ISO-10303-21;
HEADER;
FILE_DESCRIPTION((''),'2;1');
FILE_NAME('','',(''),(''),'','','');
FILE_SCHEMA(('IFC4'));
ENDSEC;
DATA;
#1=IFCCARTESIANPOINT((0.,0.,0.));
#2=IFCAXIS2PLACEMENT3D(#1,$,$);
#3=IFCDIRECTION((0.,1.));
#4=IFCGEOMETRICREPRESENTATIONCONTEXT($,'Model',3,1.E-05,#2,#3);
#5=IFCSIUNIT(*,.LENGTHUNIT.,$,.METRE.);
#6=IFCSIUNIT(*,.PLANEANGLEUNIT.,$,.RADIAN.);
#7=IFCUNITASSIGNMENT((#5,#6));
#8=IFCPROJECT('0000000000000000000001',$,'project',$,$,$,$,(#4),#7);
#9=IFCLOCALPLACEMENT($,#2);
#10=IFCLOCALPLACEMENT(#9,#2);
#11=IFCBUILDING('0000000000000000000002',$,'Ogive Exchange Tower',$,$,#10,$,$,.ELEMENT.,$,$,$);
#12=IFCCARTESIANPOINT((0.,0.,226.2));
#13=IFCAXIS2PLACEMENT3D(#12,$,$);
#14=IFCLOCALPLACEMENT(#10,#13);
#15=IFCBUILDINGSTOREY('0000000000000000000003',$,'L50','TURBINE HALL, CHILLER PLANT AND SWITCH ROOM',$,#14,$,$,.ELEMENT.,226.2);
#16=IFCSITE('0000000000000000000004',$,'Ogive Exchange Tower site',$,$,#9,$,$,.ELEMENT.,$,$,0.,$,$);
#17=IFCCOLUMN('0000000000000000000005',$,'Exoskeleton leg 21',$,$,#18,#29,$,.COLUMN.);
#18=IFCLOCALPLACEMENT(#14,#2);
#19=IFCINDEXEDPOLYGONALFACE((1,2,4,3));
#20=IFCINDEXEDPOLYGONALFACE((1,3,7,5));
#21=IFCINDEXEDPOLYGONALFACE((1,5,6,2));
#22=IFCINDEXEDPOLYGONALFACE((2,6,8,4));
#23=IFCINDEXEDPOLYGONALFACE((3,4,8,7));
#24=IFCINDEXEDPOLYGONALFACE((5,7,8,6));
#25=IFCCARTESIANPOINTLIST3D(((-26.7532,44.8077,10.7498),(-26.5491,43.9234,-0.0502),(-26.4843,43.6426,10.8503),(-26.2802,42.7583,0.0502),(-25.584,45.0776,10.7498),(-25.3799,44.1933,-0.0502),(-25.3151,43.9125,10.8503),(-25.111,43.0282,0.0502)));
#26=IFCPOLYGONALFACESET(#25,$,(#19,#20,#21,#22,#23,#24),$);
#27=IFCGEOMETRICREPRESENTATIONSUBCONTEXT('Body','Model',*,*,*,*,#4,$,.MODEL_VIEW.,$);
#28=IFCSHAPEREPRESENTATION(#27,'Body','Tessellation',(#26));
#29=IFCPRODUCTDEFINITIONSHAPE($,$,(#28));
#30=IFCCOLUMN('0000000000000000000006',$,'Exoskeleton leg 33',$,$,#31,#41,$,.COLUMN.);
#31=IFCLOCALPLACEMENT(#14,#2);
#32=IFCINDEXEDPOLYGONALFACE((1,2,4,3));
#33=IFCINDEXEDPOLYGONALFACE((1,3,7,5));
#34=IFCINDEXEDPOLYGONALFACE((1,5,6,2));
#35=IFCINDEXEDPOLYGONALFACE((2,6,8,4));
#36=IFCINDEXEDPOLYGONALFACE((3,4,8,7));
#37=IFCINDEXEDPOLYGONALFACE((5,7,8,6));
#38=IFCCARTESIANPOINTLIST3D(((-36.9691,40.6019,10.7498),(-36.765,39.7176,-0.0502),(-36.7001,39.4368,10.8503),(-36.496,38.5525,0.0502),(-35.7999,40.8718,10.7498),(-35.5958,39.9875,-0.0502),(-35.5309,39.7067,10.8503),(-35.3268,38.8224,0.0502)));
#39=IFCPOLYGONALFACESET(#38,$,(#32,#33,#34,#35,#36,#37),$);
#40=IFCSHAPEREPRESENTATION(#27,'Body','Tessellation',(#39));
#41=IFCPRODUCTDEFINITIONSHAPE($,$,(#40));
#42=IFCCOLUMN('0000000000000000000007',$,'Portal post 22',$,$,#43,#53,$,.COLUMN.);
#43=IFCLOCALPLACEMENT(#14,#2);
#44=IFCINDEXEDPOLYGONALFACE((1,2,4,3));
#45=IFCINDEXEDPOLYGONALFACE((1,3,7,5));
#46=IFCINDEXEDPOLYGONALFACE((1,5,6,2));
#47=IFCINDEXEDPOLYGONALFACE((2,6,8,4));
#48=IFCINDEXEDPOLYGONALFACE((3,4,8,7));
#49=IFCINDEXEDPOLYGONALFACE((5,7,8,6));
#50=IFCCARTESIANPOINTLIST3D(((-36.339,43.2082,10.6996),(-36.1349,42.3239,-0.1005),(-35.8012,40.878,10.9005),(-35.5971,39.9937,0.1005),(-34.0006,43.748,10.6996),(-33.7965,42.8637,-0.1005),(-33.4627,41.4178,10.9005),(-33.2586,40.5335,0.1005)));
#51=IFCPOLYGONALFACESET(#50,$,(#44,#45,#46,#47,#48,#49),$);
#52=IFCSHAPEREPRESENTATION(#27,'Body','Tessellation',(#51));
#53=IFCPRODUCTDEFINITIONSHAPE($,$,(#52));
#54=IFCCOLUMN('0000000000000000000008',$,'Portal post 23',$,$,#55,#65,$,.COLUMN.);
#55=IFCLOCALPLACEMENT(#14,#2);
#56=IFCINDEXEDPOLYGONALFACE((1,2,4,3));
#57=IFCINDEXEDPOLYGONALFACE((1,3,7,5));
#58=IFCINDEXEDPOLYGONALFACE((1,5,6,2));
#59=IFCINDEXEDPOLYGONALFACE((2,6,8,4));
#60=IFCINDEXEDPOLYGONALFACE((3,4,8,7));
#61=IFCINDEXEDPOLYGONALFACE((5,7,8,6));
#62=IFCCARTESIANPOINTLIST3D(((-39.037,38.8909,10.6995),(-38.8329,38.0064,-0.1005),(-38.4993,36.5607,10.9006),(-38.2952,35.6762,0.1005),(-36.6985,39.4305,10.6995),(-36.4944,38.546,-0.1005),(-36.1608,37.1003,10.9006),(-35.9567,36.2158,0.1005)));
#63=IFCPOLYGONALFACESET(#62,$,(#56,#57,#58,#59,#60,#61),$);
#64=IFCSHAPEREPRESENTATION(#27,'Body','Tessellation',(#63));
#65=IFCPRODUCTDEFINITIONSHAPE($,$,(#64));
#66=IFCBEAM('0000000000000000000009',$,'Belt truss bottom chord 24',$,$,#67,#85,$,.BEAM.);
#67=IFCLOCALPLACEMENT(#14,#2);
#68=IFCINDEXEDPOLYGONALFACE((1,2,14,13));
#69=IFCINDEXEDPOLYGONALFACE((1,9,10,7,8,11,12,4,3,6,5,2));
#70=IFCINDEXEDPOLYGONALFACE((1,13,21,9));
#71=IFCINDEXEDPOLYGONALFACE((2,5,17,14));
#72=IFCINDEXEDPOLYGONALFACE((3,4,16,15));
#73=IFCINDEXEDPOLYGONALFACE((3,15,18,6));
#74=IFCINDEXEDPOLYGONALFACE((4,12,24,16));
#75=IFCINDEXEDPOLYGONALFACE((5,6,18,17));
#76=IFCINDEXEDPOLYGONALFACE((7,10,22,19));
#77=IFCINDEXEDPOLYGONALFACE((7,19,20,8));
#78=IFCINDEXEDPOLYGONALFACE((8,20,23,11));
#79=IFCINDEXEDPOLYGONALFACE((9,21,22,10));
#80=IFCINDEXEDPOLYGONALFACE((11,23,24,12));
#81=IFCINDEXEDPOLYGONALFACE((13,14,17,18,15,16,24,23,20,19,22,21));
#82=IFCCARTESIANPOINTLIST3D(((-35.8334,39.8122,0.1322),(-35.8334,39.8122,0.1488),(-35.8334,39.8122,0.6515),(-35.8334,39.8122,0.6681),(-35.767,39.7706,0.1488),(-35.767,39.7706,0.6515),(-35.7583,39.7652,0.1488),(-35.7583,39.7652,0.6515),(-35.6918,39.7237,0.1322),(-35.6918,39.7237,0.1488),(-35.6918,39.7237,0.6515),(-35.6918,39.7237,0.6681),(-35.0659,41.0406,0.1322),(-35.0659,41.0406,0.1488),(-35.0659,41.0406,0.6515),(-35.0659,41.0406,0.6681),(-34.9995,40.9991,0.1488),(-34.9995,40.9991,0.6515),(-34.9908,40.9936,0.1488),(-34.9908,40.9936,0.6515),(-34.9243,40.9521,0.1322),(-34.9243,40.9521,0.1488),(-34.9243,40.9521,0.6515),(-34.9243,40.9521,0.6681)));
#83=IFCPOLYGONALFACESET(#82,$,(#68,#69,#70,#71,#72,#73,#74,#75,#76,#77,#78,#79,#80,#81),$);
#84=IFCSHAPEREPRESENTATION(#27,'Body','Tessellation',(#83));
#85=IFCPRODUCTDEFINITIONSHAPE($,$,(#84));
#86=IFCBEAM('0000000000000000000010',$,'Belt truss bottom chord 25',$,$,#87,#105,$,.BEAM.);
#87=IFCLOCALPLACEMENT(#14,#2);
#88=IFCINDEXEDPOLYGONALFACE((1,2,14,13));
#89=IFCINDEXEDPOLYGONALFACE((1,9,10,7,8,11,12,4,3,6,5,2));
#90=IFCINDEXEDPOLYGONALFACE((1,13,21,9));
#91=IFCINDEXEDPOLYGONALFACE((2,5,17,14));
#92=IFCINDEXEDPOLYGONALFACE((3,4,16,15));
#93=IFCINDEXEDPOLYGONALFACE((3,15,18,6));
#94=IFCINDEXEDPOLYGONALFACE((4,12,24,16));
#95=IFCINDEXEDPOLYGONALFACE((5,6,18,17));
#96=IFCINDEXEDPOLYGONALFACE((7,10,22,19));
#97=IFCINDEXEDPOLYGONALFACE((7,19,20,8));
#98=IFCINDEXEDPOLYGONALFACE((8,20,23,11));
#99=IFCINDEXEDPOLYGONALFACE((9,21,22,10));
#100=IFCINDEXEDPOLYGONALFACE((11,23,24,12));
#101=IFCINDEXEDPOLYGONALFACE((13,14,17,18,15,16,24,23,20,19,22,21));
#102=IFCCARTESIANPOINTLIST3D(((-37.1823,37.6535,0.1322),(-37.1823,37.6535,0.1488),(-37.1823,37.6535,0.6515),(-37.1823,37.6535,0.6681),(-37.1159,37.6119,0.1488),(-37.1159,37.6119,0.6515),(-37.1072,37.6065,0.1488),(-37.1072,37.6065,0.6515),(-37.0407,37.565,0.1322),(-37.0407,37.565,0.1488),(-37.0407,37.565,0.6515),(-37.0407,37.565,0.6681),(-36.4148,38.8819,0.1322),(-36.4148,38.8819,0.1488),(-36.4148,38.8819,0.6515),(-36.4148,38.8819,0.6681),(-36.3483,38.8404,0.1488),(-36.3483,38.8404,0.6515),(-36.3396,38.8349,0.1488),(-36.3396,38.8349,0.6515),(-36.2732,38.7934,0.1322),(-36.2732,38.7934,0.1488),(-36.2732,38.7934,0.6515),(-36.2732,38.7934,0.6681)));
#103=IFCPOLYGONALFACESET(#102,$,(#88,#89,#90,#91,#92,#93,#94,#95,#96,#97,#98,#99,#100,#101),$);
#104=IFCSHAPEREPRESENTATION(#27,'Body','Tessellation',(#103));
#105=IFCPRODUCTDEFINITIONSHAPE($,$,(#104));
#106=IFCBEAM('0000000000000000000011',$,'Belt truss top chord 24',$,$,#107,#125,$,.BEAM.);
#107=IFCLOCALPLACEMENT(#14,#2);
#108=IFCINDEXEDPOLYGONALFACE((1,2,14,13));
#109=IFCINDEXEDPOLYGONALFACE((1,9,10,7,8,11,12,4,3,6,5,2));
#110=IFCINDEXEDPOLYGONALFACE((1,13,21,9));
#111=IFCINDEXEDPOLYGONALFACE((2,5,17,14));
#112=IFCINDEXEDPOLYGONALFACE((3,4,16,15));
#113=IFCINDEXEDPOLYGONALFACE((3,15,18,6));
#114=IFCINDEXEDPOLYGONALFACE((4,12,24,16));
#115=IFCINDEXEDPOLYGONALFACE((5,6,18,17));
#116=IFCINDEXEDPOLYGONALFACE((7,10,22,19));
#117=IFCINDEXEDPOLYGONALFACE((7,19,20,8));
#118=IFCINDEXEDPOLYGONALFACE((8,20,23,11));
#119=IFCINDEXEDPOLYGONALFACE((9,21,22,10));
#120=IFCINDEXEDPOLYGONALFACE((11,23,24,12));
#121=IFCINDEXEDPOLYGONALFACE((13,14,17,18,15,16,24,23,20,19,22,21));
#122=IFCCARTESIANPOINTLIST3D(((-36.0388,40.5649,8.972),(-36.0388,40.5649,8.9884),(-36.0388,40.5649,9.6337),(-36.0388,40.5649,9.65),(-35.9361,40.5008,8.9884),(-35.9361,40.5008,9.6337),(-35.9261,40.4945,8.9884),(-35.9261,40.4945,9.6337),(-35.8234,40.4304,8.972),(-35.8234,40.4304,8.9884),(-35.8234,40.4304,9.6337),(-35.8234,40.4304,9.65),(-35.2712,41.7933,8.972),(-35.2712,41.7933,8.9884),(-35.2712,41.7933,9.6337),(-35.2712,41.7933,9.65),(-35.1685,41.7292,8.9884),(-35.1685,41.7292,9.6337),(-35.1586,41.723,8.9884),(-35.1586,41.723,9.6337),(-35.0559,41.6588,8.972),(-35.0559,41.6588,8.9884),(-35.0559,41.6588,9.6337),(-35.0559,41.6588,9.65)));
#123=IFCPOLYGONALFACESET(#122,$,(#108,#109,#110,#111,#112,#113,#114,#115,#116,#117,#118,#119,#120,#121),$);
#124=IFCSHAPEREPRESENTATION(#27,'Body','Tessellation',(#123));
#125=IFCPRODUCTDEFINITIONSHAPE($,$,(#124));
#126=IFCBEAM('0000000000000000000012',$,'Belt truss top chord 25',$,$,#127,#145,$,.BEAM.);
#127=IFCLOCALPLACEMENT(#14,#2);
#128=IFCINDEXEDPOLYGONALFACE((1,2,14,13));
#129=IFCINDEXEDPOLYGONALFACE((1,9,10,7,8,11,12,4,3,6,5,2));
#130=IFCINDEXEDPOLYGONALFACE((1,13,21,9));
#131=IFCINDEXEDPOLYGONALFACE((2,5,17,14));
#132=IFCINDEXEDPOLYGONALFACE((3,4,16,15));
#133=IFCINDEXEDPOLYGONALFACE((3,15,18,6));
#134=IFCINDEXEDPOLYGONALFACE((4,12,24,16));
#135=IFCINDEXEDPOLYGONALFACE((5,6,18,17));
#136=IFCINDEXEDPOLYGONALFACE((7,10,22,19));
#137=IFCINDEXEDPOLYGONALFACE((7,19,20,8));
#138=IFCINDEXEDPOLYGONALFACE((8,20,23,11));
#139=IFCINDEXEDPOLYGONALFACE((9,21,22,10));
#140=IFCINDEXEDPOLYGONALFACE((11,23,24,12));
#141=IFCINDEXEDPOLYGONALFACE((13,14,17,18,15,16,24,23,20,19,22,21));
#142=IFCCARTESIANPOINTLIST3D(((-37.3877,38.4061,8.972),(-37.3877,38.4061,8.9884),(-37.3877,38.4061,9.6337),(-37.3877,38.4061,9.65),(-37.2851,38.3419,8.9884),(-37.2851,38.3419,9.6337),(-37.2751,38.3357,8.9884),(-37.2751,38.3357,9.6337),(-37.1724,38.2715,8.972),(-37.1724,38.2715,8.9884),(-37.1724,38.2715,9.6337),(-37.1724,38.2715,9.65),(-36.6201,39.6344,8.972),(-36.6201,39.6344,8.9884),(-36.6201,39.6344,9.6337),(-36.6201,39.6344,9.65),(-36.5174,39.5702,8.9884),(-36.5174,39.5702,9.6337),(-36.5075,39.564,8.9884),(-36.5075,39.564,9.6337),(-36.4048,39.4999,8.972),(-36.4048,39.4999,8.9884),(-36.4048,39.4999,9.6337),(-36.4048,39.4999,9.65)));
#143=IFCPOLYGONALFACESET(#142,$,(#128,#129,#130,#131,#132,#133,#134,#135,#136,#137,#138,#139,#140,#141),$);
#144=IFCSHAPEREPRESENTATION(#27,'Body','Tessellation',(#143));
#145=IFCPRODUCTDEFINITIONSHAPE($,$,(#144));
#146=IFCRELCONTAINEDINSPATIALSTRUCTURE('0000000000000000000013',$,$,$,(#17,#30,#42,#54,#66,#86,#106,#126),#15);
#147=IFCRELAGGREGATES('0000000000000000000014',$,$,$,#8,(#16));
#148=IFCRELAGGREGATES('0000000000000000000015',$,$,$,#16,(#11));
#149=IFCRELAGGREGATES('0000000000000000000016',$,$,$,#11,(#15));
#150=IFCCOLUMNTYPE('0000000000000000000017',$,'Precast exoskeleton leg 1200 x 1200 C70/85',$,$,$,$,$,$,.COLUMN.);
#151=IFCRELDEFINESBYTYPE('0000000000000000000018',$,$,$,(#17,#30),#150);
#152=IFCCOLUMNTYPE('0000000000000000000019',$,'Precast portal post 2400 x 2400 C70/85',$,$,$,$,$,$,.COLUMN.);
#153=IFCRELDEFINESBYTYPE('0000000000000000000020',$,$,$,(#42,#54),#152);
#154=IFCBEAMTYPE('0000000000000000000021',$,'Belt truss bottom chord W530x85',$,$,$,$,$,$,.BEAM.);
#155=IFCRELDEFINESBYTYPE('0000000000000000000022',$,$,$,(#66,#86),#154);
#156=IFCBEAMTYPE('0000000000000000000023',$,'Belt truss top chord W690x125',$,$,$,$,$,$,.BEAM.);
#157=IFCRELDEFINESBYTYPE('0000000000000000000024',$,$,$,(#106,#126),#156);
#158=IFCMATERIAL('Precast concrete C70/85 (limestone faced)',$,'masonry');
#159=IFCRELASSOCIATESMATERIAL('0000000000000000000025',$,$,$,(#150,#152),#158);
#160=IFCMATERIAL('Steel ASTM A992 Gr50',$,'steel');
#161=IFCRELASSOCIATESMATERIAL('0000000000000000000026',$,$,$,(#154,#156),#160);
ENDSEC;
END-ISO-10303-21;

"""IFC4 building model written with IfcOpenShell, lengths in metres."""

from ifc_helpers import new_model, si_unit, direction, frame, origin, origin_2d, place, context, subcontext, project, spatial, rectangle, i_section, extrude, material, material_profile, profile_set, type_object, element, save


model = new_model("IFC4")

# Units and contexts
model_context = context("Model", 3, precision=1e-05, world=origin(), true_north=direction((0.0, 1.0)))
body_context = subcontext(model_context, "Body", "Model", "MODEL_VIEW")
ifc_project = project(units=[si_unit("LENGTHUNIT", "METRE"), si_unit("PLANEANGLEUNIT", "RADIAN")], contexts=[model_context])

# Site, building, storey
site_placement = place(None, origin())
site = spatial("IfcSite", under=ifc_project, at=site_placement, Name="Ogive Exchange Tower site", CompositionType="ELEMENT", RefElevation=0.0)
building_placement = place(site_placement, origin())
building = spatial("IfcBuilding", under=site, at=building_placement, Name="Ogive Exchange Tower", CompositionType="ELEMENT")
storey_placement = place(building_placement, frame((0.0, 0.0, 226.2)))
storey = spatial("IfcBuildingStorey", under=building, at=storey_placement, Name="L50", Description="TURBINE HALL, CHILLER PLANT AND SWITCH ROOM", CompositionType="ELEMENT", Elevation=226.2)

# Columns
ifc_material_1 = material(Name="Precast concrete C70/85 (limestone faced)", Category="masonry")
ifc_material_profile_1 = material_profile(ifc_material_1, rectangle(XDim=1.2, YDim=1.2, at=origin_2d()), Name="1200 x 1200")
ifc_profile_set_1 = profile_set([ifc_material_profile_1], Name="Precast concrete C70/85 (limestone faced)")
column_type_1 = type_object("IfcColumnType", Name="Precast exoskeleton leg 1200 x 1200 C70/85", PredefinedType="COLUMN", material=ifc_profile_set_1)
for number, where, z_axis, x_axis, name in (
    (1, (-25.8301, 43.4758, 0.0), (-0.018832, 0.08159, 0.996488), (-0.974382, -0.224899, 0.0), "Exoskeleton leg 21"),
    (2, (-36.0459, 39.27, 0.0), (-0.018832, 0.08159, 0.996488), (-0.974382, -0.224899, 0.0), "Exoskeleton leg 33"),
):
    element("IfcColumn", number, at=place(storey_placement, frame(where, z_axis=z_axis, x_axis=x_axis)), inside=storey, type_object=column_type_1, Name=name, PredefinedType="COLUMN", context=body_context, shape_type="SweptSolid", body=[
        extrude(rectangle(XDim=1.2, YDim=1.2, at=origin_2d()), origin(), (0.0, 0.0, 1.0), 10.8381),
    ])
ifc_material_profile_2 = material_profile(ifc_material_1, rectangle(XDim=2.3999, YDim=2.3999, at=origin_2d()), Name="2400 x 2400")
ifc_profile_set_2 = profile_set([ifc_material_profile_2], Name="Precast concrete C70/85 (limestone faced)")
column_type_2 = type_object("IfcColumnType", Name="Precast portal post 2400 x 2400 C70/85", PredefinedType="COLUMN", material=ifc_profile_set_2)
for number, where, z_axis, x_axis, name in (
    (3, (-34.6968, 41.4287, 0.0), (-0.018832, 0.08159, 0.996488), (-0.974382, -0.224899, 0.0), "Portal post 22"),
    (4, (-37.3948, 37.1111, 0.0), (-0.018832, 0.081612, 0.996486), (-0.974396, -0.22484, 0.0), "Portal post 23"),
):
    element("IfcColumn", number, at=place(storey_placement, frame(where, z_axis=z_axis, x_axis=x_axis)), inside=storey, type_object=column_type_2, Name=name, PredefinedType="COLUMN", context=body_context, shape_type="SweptSolid", body=[
        extrude(rectangle(XDim=2.3999, YDim=2.3999, at=origin_2d()), origin(), (0.0, 0.0, 1.0), 10.8381),
    ])

# Beams
ifc_material_2 = material(Name="Steel ASTM A992 Gr50", Category="steel")
ifc_material_profile_3 = material_profile(ifc_material_2, i_section(OverallWidth=0.167, OverallDepth=0.5359, WebThickness=0.0103, FlangeThickness=0.0166, at=origin_2d()), Name="W530x85")
ifc_profile_set_3 = profile_set([ifc_material_profile_3], Name="Steel ASTM A992 Gr50")
beam_type_1 = type_object("IfcBeamType", Name="Belt truss bottom chord W530x85", PredefinedType="BEAM", material=ifc_profile_set_3)
for number, where, z_axis, x_axis, name in (
    (5, (-34.9951, 40.9963, 0.4001), (-0.529878, -0.848074, 0.0), (0.848074, -0.529878, 0.0), "Belt truss bottom chord 24"),
    (6, (-36.344, 38.8376, 0.4001), (-0.529878, -0.848074, 0.0), (0.848074, -0.529878, 0.0), "Belt truss bottom chord 25"),
):
    element("IfcBeam", number, at=place(storey_placement, frame(where, z_axis=z_axis, x_axis=x_axis)), inside=storey, type_object=beam_type_1, Name=name, PredefinedType="BEAM", context=body_context, shape_type="SweptSolid", body=[
        extrude(i_section(OverallWidth=0.167, OverallDepth=0.5359, WebThickness=0.0103, FlangeThickness=0.0166, at=origin_2d()), origin(), (0.0, 0.0, 1.0), 1.4485),
    ])
ifc_material_profile_4 = material_profile(ifc_material_2, i_section(OverallWidth=0.2539, OverallDepth=0.678, WebThickness=0.0117, FlangeThickness=0.0164, at=origin_2d()), Name="W690x125")
ifc_profile_set_4 = profile_set([ifc_material_profile_4], Name="Steel ASTM A992 Gr50")
beam_type_2 = type_object("IfcBeamType", Name="Belt truss top chord W690x125", PredefinedType="BEAM", material=ifc_profile_set_4)
for number, where, z_axis, x_axis, name in (
    (7, (-35.1636, 41.7261, 9.311), (-0.529878, -0.848074, 0.0), (0.848074, -0.529878, 0.0), "Belt truss top chord 24"),
    (8, (-36.5125, 39.5671, 9.311), (-0.529953, -0.848027, 0.0), (0.848027, -0.529953, 0.0), "Belt truss top chord 25"),
):
    element("IfcBeam", number, at=place(storey_placement, frame(where, z_axis=z_axis, x_axis=x_axis)), inside=storey, type_object=beam_type_2, Name=name, PredefinedType="BEAM", context=body_context, shape_type="SweptSolid", body=[
        extrude(i_section(OverallWidth=0.2539, OverallDepth=0.678, WebThickness=0.0117, FlangeThickness=0.0164, at=origin_2d()), origin(), (0.0, 0.0, 1.0), 1.4485),
    ])

save(model, "model.ifc")
